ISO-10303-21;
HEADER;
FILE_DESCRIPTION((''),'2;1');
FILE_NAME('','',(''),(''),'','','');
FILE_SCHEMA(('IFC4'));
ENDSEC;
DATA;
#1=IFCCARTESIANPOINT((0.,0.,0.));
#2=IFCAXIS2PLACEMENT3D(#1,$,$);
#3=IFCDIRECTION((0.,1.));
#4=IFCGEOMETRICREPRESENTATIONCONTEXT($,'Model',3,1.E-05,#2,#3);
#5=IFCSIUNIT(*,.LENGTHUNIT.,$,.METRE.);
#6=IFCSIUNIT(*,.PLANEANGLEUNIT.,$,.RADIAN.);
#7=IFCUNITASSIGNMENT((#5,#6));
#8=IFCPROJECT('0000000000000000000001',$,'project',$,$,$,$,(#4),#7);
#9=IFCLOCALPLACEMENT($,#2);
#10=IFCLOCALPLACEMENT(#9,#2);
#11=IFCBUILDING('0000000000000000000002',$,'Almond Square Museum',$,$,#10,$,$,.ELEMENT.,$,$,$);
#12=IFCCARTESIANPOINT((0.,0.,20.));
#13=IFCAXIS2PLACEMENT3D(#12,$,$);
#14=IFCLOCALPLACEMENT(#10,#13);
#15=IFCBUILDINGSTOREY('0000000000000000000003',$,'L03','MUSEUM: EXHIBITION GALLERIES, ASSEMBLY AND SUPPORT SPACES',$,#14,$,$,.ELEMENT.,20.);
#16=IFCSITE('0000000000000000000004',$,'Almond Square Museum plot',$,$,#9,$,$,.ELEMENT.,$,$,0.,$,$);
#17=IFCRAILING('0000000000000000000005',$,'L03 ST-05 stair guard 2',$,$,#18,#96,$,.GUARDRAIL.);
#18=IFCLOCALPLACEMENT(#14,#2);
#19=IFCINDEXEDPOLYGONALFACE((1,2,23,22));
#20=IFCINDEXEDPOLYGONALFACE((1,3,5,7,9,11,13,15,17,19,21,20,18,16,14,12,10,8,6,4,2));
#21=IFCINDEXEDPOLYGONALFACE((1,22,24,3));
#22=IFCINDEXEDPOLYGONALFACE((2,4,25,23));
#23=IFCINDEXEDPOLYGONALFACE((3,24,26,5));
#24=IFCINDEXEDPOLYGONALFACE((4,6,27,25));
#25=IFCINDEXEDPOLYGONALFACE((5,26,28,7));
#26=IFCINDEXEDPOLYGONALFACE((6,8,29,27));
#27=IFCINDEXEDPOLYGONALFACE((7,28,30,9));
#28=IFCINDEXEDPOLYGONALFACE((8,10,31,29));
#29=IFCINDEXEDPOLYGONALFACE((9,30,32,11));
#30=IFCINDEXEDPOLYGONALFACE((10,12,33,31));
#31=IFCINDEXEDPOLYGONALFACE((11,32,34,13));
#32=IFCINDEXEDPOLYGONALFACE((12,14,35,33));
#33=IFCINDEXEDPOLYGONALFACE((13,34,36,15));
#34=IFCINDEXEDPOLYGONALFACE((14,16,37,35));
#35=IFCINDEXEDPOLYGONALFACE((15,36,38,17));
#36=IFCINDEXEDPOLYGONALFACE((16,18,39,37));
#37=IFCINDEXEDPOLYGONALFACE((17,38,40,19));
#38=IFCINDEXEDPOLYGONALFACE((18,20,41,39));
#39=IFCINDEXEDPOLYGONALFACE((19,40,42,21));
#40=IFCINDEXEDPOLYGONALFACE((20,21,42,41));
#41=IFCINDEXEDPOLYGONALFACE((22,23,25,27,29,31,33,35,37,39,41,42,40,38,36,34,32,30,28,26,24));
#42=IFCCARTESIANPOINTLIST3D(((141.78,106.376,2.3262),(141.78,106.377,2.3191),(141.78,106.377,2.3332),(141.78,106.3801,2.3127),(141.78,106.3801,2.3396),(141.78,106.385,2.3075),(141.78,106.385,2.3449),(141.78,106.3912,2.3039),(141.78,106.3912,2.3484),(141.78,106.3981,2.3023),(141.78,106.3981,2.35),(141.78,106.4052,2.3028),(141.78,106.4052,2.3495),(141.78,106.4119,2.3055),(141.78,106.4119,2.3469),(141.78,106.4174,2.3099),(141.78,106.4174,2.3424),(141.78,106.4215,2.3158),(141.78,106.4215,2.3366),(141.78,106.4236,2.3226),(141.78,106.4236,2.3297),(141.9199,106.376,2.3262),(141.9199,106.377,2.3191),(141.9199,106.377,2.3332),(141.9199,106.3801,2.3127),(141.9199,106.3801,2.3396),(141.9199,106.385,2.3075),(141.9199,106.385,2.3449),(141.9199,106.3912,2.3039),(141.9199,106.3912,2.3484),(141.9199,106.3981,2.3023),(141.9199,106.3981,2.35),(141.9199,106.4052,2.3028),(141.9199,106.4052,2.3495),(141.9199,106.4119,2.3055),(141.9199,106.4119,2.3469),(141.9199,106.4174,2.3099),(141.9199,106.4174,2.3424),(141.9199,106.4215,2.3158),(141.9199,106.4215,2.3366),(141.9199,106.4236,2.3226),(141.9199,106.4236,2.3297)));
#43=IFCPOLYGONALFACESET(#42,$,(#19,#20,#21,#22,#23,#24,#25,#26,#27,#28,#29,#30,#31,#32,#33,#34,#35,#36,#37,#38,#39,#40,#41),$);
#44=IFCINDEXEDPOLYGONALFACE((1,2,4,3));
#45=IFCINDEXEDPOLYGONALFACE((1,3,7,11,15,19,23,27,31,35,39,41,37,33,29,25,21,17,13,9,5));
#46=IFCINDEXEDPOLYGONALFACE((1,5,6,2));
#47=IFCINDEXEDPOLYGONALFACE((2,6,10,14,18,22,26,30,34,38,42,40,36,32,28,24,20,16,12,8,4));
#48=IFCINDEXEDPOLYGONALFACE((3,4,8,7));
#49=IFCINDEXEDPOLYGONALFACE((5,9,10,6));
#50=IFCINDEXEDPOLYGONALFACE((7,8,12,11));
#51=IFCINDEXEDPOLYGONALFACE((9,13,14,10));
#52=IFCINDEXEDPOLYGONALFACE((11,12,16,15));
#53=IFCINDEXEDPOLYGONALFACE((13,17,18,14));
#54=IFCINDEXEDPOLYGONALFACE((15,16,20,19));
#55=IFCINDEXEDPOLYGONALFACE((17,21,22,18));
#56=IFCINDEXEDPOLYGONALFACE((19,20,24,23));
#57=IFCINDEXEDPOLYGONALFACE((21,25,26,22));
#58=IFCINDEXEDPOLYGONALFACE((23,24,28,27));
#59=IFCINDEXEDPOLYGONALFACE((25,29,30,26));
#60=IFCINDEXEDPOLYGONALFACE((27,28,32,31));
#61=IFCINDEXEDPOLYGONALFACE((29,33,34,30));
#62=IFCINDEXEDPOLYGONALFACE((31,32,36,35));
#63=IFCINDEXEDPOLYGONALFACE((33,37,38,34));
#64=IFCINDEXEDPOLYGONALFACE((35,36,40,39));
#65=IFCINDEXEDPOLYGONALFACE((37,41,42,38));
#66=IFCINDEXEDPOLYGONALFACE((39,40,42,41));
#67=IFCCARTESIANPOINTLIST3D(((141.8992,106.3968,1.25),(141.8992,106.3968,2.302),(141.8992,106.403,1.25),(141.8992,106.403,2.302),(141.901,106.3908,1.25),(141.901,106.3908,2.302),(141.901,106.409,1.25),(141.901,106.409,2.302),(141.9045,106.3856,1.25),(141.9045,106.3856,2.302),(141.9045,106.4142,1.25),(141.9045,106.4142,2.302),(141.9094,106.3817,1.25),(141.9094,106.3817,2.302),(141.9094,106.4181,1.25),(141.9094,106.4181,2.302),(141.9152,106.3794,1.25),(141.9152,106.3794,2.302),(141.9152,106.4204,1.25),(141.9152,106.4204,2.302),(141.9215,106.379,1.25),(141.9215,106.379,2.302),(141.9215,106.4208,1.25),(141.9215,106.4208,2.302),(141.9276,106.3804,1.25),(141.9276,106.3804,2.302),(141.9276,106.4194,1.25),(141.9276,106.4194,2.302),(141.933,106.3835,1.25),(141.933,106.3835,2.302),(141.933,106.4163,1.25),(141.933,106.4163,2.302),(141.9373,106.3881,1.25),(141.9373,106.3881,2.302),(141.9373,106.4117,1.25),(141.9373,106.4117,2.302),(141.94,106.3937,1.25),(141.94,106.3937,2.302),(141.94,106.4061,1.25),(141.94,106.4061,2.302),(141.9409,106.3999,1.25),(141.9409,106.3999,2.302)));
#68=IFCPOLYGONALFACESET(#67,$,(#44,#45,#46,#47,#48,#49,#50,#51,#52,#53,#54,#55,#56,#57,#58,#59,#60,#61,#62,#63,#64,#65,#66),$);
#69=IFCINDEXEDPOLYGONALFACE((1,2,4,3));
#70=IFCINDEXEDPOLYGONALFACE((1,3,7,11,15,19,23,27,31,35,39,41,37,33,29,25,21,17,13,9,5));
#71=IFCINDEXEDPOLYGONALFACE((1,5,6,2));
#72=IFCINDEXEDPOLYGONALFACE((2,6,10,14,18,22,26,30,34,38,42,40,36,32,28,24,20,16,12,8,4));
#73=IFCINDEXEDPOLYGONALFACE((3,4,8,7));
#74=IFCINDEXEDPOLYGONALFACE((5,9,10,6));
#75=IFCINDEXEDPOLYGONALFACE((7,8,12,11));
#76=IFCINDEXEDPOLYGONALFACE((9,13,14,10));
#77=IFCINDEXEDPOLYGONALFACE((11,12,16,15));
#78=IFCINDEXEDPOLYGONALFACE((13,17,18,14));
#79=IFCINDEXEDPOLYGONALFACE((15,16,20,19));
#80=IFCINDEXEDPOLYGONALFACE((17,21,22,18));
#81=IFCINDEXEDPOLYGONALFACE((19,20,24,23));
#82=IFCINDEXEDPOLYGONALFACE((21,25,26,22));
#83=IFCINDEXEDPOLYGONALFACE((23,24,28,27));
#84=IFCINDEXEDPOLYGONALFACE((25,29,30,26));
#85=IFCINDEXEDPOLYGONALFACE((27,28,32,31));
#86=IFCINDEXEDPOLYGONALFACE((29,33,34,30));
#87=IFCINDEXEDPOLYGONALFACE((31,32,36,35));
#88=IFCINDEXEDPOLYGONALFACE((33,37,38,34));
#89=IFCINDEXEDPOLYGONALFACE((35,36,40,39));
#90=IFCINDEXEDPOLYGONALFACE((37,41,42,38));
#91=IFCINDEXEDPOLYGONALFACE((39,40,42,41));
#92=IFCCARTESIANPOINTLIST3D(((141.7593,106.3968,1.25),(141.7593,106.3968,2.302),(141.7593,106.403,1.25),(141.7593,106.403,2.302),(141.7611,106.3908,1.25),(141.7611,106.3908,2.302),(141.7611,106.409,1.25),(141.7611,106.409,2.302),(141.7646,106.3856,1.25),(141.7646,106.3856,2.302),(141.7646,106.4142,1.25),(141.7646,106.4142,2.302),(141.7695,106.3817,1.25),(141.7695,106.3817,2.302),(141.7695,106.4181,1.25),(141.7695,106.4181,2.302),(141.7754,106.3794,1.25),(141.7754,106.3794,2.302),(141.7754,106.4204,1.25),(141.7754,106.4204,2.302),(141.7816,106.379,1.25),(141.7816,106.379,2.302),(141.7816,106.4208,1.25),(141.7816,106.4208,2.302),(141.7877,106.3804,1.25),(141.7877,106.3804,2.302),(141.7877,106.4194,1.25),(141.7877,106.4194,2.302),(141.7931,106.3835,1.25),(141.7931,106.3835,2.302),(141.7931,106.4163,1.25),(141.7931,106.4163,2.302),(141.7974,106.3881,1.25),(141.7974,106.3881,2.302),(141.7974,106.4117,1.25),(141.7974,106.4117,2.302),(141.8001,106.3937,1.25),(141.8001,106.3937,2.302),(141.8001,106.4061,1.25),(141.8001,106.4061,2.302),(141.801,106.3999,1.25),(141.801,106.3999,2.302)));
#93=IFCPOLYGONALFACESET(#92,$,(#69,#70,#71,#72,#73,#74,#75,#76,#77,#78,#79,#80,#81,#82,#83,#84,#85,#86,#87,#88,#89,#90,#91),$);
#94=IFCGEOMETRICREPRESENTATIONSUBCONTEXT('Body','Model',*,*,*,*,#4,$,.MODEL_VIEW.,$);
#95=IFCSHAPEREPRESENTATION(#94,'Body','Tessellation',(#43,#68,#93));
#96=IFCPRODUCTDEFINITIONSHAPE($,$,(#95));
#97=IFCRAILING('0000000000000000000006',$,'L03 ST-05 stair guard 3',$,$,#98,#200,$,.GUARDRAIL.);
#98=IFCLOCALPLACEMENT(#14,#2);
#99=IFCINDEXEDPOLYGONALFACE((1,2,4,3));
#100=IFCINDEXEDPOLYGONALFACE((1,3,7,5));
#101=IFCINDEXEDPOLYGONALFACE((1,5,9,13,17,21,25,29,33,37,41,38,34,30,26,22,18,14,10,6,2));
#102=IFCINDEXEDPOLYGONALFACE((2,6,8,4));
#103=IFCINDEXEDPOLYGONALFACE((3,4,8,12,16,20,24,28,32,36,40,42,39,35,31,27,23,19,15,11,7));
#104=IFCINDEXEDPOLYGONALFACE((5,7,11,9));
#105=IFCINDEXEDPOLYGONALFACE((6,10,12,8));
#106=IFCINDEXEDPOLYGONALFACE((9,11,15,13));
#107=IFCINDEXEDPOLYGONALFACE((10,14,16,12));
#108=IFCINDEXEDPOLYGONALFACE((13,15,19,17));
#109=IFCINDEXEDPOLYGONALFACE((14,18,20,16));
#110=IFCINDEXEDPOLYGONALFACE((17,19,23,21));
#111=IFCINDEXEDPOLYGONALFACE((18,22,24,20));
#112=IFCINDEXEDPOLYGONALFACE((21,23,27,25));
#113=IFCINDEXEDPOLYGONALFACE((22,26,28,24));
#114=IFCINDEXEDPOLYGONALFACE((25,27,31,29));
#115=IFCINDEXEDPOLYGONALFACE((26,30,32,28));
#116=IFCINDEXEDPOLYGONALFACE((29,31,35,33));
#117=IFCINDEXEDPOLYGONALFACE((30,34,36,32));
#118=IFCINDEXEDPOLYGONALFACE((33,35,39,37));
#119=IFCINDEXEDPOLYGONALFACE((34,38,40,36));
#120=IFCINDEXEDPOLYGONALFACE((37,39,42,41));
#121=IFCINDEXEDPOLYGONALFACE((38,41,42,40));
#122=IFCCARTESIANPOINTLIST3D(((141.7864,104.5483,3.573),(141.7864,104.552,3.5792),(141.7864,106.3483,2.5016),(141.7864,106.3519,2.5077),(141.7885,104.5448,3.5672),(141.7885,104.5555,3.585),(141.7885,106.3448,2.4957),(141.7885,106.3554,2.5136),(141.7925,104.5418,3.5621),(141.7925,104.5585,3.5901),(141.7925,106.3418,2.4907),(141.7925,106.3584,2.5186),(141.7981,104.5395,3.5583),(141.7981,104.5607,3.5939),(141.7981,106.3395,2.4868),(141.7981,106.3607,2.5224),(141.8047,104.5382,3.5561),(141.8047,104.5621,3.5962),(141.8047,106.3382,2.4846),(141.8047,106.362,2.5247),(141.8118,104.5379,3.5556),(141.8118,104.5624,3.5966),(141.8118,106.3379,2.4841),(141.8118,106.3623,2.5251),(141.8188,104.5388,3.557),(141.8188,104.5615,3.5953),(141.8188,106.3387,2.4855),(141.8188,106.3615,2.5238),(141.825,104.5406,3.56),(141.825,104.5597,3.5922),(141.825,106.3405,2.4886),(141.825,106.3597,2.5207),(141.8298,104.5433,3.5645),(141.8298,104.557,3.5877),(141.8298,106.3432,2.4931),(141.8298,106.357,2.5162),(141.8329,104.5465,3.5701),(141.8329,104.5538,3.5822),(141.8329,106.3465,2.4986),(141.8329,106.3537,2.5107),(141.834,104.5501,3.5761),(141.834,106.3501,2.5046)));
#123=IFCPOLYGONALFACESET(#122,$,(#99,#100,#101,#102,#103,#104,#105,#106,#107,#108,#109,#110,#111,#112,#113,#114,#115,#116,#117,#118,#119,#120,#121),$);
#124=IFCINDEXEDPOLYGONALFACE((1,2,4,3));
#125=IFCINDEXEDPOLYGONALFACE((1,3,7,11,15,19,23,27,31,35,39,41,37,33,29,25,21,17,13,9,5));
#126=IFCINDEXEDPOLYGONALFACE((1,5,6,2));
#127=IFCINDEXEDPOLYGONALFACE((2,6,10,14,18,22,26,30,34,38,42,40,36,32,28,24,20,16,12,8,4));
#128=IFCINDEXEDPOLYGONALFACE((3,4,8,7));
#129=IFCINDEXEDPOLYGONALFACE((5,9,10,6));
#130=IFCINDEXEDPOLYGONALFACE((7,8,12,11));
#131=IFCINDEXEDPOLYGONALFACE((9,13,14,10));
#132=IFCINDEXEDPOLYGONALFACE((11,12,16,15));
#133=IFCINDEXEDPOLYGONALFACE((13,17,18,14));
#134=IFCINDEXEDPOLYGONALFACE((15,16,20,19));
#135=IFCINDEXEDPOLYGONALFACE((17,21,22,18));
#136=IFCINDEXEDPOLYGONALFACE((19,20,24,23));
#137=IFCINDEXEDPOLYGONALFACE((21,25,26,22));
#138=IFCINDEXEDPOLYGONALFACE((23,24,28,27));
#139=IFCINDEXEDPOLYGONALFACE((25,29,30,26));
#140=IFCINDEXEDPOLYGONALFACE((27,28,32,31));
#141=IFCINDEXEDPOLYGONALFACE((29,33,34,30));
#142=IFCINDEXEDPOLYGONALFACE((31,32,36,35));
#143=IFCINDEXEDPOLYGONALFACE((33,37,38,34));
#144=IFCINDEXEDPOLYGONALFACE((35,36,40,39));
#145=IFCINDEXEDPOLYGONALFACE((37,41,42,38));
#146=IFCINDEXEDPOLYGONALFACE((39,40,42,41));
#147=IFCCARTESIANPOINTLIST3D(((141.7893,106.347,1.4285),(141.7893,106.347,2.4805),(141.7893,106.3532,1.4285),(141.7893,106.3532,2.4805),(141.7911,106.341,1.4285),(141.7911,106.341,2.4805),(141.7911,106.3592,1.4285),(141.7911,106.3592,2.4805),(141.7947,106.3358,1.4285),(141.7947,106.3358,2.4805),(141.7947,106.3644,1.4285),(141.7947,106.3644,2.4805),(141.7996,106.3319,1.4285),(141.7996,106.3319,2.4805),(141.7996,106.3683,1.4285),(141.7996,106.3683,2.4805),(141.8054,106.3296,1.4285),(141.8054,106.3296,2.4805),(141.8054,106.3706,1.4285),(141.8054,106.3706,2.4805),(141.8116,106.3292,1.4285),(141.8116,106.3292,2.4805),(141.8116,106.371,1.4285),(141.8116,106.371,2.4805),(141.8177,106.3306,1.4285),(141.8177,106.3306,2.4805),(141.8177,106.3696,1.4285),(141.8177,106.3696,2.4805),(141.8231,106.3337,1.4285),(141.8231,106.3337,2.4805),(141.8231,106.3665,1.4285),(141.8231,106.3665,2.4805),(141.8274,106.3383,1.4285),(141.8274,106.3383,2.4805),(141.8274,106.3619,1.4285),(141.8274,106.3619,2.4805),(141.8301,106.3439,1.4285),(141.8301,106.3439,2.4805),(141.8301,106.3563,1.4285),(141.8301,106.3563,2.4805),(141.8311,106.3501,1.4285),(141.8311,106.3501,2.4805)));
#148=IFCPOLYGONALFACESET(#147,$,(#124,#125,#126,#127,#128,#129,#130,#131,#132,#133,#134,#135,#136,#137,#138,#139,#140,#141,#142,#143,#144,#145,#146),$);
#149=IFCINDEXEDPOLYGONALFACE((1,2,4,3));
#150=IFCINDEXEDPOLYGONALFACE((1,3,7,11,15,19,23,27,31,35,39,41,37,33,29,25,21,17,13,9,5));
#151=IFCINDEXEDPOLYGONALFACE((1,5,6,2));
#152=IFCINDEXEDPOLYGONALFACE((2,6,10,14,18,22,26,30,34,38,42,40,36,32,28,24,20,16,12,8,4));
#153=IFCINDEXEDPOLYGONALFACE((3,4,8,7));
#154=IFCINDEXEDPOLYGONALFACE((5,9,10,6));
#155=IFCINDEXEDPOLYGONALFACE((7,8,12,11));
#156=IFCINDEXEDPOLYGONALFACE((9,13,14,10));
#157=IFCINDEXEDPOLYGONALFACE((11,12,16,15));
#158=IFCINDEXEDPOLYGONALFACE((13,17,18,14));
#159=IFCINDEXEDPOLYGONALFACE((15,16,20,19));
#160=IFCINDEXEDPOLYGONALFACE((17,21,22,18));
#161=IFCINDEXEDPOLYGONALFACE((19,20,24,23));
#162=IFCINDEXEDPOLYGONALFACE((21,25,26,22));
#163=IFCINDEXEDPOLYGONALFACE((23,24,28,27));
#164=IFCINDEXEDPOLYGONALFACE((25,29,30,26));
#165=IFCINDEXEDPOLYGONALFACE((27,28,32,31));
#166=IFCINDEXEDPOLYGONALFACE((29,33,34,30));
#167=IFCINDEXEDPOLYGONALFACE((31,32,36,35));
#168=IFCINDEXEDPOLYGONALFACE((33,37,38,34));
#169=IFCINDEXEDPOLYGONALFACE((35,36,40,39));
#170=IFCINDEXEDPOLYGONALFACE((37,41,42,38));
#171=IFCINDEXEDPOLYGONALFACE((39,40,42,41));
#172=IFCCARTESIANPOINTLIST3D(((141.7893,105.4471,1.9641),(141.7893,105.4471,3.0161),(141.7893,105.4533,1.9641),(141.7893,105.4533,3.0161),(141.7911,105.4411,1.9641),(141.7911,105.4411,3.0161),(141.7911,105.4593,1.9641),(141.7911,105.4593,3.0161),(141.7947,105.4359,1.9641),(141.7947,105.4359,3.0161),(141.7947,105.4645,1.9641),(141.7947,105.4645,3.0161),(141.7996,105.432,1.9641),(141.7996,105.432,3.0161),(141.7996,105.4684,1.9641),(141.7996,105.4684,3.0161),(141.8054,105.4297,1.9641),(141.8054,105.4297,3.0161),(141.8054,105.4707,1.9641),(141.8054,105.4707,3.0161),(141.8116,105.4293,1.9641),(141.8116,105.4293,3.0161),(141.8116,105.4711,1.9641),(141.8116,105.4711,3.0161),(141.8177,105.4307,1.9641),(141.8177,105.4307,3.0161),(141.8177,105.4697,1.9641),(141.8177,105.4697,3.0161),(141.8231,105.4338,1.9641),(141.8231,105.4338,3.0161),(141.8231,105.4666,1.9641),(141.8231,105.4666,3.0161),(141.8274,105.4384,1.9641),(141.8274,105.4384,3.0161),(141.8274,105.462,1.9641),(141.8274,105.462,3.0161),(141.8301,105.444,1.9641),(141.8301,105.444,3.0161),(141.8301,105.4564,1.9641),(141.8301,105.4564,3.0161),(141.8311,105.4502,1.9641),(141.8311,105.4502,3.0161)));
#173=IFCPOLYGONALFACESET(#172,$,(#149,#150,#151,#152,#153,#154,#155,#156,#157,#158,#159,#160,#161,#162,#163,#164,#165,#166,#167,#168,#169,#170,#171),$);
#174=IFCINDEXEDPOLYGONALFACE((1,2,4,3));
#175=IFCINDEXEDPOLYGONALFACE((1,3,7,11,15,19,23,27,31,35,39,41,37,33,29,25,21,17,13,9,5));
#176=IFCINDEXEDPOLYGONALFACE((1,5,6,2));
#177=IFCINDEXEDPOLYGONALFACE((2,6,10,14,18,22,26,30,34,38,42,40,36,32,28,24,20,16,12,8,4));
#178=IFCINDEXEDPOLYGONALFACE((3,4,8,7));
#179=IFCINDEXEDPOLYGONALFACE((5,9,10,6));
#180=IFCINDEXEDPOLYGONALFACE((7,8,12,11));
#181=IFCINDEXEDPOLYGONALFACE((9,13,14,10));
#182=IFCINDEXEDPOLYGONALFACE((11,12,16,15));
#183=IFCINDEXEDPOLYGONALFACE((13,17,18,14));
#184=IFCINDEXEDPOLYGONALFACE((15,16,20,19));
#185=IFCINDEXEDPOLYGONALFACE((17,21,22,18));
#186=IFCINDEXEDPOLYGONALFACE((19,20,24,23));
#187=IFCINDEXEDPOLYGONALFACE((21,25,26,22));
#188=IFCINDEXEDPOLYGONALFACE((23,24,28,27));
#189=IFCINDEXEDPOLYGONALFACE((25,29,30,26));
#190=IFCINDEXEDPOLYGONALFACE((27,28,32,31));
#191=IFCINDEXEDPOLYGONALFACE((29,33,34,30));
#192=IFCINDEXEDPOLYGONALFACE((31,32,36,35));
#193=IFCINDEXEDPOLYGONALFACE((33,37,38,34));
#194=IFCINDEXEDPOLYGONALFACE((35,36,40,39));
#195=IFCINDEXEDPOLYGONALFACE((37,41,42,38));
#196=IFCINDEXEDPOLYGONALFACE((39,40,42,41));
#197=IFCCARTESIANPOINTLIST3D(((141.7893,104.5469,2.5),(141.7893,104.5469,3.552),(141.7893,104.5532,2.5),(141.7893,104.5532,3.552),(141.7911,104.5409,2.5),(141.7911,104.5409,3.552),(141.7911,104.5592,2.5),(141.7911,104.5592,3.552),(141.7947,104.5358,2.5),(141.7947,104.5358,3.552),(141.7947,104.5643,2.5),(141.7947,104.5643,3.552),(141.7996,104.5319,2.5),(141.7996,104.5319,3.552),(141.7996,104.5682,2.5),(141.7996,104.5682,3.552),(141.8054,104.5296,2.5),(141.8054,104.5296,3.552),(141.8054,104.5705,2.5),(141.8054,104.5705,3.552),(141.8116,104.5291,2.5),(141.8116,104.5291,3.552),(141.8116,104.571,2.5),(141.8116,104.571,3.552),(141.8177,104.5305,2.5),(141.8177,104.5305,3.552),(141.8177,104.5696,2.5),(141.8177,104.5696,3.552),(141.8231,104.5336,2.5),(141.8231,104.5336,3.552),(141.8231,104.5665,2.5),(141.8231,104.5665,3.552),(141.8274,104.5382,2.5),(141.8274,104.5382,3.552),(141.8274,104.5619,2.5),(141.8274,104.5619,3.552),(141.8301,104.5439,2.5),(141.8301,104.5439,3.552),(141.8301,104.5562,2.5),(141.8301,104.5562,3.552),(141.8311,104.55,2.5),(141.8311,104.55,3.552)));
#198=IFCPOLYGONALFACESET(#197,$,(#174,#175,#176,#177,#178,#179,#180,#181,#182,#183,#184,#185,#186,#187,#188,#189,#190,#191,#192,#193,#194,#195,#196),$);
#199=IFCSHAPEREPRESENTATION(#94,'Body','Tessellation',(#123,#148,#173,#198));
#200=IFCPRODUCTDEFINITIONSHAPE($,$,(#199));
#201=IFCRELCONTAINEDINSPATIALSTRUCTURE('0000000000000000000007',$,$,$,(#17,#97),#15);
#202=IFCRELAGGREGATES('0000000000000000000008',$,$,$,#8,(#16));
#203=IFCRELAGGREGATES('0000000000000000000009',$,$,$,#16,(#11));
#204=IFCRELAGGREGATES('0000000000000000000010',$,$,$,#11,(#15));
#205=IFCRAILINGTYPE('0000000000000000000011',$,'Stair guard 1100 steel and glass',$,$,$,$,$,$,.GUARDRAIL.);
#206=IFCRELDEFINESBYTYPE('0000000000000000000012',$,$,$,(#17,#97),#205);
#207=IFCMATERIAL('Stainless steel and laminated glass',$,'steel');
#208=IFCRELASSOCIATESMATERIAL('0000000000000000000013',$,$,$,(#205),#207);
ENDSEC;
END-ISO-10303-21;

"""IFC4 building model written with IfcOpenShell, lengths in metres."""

from ifc_helpers import new_model, si_unit, direction, frame, origin, origin_2d, place, context, subcontext, project, spatial, circle, extrude, material, type_object, element, save


model = new_model("IFC4")

# Units and contexts
model_context = context("Model", 3, precision=1e-05, world=origin(), true_north=direction((0.0, 1.0)))
body_context = subcontext(model_context, "Body", "Model", "MODEL_VIEW")
ifc_project = project(units=[si_unit("LENGTHUNIT", "METRE"), si_unit("PLANEANGLEUNIT", "RADIAN")], contexts=[model_context])

# Site, building, storey
site_placement = place(None, origin())
site = spatial("IfcSite", under=ifc_project, at=site_placement, Name="Almond Square Museum plot", CompositionType="ELEMENT", RefElevation=0.0)
building_placement = place(site_placement, origin())
building = spatial("IfcBuilding", under=site, at=building_placement, Name="Almond Square Museum", CompositionType="ELEMENT")
storey_placement = place(building_placement, frame((0.0, 0.0, 20.0)))
storey = spatial("IfcBuildingStorey", under=building, at=storey_placement, Name="L03", Description="MUSEUM: EXHIBITION GALLERIES, ASSEMBLY AND SUPPORT SPACES", CompositionType="ELEMENT", Elevation=20.0)

# Railings
ifc_material_1 = material(Name="Stainless steel and laminated glass", Category="steel")
railing_type_1 = type_object("IfcRailingType", Name="Stair guard 1100 steel and glass", PredefinedType="GUARDRAIL", material=ifc_material_1)
railing_1_placement = place(storey_placement, frame((141.9199, 106.3999, 1.25)))
element("IfcRailing", 1, at=railing_1_placement, inside=storey, type_object=railing_type_1, Name="L03 ST-05 stair guard 2", PredefinedType="GUARDRAIL", context=body_context, shape_type="SweptSolid", body=[
    extrude(circle(Radius=0.0239, at=origin_2d()), frame((0.0, 0.0, 1.0762), z_axis=(-1.0, 0.0, 0.0), x_axis=(0.0, -1.0, 0.0)), (0.0, 0.0, 1.0), 0.1399),
    extrude(circle(Radius=0.021, at=origin_2d()), origin(), (0.0, 0.0, 1.0), 1.052),
    extrude(circle(Radius=0.021, at=origin_2d()), frame((-0.1399, 0.0, 0.0)), (0.0, 0.0, 1.0), 1.052),
])
railing_2_placement = place(storey_placement, frame((141.8101, 106.3501, 1.4285)))
element("IfcRailing", 2, at=railing_2_placement, inside=storey, type_object=railing_type_1, Name="L03 ST-05 stair guard 3", PredefinedType="GUARDRAIL", context=body_context, shape_type="SweptSolid", body=[
    extrude(circle(Radius=0.0239, at=origin_2d()), frame((0.0, 0.0, 1.0762), z_axis=(0.0, -0.859277, 0.51151), x_axis=(1.0, 0.0, 0.0)), (0.0, 0.0, 1.0), 2.0947),
    extrude(circle(Radius=0.021, at=origin_2d()), origin(), (0.0, 0.0, 1.0), 1.052),
    extrude(circle(Radius=0.021, at=origin_2d()), frame((0.0, -0.8999, 0.5356)), (0.0, 0.0, 1.0), 1.052),
    extrude(circle(Radius=0.021, at=origin_2d()), frame((0.0, -1.8, 1.0715)), (0.0, 0.0, 1.0), 1.052),
])

save(model, "model.ifc")
